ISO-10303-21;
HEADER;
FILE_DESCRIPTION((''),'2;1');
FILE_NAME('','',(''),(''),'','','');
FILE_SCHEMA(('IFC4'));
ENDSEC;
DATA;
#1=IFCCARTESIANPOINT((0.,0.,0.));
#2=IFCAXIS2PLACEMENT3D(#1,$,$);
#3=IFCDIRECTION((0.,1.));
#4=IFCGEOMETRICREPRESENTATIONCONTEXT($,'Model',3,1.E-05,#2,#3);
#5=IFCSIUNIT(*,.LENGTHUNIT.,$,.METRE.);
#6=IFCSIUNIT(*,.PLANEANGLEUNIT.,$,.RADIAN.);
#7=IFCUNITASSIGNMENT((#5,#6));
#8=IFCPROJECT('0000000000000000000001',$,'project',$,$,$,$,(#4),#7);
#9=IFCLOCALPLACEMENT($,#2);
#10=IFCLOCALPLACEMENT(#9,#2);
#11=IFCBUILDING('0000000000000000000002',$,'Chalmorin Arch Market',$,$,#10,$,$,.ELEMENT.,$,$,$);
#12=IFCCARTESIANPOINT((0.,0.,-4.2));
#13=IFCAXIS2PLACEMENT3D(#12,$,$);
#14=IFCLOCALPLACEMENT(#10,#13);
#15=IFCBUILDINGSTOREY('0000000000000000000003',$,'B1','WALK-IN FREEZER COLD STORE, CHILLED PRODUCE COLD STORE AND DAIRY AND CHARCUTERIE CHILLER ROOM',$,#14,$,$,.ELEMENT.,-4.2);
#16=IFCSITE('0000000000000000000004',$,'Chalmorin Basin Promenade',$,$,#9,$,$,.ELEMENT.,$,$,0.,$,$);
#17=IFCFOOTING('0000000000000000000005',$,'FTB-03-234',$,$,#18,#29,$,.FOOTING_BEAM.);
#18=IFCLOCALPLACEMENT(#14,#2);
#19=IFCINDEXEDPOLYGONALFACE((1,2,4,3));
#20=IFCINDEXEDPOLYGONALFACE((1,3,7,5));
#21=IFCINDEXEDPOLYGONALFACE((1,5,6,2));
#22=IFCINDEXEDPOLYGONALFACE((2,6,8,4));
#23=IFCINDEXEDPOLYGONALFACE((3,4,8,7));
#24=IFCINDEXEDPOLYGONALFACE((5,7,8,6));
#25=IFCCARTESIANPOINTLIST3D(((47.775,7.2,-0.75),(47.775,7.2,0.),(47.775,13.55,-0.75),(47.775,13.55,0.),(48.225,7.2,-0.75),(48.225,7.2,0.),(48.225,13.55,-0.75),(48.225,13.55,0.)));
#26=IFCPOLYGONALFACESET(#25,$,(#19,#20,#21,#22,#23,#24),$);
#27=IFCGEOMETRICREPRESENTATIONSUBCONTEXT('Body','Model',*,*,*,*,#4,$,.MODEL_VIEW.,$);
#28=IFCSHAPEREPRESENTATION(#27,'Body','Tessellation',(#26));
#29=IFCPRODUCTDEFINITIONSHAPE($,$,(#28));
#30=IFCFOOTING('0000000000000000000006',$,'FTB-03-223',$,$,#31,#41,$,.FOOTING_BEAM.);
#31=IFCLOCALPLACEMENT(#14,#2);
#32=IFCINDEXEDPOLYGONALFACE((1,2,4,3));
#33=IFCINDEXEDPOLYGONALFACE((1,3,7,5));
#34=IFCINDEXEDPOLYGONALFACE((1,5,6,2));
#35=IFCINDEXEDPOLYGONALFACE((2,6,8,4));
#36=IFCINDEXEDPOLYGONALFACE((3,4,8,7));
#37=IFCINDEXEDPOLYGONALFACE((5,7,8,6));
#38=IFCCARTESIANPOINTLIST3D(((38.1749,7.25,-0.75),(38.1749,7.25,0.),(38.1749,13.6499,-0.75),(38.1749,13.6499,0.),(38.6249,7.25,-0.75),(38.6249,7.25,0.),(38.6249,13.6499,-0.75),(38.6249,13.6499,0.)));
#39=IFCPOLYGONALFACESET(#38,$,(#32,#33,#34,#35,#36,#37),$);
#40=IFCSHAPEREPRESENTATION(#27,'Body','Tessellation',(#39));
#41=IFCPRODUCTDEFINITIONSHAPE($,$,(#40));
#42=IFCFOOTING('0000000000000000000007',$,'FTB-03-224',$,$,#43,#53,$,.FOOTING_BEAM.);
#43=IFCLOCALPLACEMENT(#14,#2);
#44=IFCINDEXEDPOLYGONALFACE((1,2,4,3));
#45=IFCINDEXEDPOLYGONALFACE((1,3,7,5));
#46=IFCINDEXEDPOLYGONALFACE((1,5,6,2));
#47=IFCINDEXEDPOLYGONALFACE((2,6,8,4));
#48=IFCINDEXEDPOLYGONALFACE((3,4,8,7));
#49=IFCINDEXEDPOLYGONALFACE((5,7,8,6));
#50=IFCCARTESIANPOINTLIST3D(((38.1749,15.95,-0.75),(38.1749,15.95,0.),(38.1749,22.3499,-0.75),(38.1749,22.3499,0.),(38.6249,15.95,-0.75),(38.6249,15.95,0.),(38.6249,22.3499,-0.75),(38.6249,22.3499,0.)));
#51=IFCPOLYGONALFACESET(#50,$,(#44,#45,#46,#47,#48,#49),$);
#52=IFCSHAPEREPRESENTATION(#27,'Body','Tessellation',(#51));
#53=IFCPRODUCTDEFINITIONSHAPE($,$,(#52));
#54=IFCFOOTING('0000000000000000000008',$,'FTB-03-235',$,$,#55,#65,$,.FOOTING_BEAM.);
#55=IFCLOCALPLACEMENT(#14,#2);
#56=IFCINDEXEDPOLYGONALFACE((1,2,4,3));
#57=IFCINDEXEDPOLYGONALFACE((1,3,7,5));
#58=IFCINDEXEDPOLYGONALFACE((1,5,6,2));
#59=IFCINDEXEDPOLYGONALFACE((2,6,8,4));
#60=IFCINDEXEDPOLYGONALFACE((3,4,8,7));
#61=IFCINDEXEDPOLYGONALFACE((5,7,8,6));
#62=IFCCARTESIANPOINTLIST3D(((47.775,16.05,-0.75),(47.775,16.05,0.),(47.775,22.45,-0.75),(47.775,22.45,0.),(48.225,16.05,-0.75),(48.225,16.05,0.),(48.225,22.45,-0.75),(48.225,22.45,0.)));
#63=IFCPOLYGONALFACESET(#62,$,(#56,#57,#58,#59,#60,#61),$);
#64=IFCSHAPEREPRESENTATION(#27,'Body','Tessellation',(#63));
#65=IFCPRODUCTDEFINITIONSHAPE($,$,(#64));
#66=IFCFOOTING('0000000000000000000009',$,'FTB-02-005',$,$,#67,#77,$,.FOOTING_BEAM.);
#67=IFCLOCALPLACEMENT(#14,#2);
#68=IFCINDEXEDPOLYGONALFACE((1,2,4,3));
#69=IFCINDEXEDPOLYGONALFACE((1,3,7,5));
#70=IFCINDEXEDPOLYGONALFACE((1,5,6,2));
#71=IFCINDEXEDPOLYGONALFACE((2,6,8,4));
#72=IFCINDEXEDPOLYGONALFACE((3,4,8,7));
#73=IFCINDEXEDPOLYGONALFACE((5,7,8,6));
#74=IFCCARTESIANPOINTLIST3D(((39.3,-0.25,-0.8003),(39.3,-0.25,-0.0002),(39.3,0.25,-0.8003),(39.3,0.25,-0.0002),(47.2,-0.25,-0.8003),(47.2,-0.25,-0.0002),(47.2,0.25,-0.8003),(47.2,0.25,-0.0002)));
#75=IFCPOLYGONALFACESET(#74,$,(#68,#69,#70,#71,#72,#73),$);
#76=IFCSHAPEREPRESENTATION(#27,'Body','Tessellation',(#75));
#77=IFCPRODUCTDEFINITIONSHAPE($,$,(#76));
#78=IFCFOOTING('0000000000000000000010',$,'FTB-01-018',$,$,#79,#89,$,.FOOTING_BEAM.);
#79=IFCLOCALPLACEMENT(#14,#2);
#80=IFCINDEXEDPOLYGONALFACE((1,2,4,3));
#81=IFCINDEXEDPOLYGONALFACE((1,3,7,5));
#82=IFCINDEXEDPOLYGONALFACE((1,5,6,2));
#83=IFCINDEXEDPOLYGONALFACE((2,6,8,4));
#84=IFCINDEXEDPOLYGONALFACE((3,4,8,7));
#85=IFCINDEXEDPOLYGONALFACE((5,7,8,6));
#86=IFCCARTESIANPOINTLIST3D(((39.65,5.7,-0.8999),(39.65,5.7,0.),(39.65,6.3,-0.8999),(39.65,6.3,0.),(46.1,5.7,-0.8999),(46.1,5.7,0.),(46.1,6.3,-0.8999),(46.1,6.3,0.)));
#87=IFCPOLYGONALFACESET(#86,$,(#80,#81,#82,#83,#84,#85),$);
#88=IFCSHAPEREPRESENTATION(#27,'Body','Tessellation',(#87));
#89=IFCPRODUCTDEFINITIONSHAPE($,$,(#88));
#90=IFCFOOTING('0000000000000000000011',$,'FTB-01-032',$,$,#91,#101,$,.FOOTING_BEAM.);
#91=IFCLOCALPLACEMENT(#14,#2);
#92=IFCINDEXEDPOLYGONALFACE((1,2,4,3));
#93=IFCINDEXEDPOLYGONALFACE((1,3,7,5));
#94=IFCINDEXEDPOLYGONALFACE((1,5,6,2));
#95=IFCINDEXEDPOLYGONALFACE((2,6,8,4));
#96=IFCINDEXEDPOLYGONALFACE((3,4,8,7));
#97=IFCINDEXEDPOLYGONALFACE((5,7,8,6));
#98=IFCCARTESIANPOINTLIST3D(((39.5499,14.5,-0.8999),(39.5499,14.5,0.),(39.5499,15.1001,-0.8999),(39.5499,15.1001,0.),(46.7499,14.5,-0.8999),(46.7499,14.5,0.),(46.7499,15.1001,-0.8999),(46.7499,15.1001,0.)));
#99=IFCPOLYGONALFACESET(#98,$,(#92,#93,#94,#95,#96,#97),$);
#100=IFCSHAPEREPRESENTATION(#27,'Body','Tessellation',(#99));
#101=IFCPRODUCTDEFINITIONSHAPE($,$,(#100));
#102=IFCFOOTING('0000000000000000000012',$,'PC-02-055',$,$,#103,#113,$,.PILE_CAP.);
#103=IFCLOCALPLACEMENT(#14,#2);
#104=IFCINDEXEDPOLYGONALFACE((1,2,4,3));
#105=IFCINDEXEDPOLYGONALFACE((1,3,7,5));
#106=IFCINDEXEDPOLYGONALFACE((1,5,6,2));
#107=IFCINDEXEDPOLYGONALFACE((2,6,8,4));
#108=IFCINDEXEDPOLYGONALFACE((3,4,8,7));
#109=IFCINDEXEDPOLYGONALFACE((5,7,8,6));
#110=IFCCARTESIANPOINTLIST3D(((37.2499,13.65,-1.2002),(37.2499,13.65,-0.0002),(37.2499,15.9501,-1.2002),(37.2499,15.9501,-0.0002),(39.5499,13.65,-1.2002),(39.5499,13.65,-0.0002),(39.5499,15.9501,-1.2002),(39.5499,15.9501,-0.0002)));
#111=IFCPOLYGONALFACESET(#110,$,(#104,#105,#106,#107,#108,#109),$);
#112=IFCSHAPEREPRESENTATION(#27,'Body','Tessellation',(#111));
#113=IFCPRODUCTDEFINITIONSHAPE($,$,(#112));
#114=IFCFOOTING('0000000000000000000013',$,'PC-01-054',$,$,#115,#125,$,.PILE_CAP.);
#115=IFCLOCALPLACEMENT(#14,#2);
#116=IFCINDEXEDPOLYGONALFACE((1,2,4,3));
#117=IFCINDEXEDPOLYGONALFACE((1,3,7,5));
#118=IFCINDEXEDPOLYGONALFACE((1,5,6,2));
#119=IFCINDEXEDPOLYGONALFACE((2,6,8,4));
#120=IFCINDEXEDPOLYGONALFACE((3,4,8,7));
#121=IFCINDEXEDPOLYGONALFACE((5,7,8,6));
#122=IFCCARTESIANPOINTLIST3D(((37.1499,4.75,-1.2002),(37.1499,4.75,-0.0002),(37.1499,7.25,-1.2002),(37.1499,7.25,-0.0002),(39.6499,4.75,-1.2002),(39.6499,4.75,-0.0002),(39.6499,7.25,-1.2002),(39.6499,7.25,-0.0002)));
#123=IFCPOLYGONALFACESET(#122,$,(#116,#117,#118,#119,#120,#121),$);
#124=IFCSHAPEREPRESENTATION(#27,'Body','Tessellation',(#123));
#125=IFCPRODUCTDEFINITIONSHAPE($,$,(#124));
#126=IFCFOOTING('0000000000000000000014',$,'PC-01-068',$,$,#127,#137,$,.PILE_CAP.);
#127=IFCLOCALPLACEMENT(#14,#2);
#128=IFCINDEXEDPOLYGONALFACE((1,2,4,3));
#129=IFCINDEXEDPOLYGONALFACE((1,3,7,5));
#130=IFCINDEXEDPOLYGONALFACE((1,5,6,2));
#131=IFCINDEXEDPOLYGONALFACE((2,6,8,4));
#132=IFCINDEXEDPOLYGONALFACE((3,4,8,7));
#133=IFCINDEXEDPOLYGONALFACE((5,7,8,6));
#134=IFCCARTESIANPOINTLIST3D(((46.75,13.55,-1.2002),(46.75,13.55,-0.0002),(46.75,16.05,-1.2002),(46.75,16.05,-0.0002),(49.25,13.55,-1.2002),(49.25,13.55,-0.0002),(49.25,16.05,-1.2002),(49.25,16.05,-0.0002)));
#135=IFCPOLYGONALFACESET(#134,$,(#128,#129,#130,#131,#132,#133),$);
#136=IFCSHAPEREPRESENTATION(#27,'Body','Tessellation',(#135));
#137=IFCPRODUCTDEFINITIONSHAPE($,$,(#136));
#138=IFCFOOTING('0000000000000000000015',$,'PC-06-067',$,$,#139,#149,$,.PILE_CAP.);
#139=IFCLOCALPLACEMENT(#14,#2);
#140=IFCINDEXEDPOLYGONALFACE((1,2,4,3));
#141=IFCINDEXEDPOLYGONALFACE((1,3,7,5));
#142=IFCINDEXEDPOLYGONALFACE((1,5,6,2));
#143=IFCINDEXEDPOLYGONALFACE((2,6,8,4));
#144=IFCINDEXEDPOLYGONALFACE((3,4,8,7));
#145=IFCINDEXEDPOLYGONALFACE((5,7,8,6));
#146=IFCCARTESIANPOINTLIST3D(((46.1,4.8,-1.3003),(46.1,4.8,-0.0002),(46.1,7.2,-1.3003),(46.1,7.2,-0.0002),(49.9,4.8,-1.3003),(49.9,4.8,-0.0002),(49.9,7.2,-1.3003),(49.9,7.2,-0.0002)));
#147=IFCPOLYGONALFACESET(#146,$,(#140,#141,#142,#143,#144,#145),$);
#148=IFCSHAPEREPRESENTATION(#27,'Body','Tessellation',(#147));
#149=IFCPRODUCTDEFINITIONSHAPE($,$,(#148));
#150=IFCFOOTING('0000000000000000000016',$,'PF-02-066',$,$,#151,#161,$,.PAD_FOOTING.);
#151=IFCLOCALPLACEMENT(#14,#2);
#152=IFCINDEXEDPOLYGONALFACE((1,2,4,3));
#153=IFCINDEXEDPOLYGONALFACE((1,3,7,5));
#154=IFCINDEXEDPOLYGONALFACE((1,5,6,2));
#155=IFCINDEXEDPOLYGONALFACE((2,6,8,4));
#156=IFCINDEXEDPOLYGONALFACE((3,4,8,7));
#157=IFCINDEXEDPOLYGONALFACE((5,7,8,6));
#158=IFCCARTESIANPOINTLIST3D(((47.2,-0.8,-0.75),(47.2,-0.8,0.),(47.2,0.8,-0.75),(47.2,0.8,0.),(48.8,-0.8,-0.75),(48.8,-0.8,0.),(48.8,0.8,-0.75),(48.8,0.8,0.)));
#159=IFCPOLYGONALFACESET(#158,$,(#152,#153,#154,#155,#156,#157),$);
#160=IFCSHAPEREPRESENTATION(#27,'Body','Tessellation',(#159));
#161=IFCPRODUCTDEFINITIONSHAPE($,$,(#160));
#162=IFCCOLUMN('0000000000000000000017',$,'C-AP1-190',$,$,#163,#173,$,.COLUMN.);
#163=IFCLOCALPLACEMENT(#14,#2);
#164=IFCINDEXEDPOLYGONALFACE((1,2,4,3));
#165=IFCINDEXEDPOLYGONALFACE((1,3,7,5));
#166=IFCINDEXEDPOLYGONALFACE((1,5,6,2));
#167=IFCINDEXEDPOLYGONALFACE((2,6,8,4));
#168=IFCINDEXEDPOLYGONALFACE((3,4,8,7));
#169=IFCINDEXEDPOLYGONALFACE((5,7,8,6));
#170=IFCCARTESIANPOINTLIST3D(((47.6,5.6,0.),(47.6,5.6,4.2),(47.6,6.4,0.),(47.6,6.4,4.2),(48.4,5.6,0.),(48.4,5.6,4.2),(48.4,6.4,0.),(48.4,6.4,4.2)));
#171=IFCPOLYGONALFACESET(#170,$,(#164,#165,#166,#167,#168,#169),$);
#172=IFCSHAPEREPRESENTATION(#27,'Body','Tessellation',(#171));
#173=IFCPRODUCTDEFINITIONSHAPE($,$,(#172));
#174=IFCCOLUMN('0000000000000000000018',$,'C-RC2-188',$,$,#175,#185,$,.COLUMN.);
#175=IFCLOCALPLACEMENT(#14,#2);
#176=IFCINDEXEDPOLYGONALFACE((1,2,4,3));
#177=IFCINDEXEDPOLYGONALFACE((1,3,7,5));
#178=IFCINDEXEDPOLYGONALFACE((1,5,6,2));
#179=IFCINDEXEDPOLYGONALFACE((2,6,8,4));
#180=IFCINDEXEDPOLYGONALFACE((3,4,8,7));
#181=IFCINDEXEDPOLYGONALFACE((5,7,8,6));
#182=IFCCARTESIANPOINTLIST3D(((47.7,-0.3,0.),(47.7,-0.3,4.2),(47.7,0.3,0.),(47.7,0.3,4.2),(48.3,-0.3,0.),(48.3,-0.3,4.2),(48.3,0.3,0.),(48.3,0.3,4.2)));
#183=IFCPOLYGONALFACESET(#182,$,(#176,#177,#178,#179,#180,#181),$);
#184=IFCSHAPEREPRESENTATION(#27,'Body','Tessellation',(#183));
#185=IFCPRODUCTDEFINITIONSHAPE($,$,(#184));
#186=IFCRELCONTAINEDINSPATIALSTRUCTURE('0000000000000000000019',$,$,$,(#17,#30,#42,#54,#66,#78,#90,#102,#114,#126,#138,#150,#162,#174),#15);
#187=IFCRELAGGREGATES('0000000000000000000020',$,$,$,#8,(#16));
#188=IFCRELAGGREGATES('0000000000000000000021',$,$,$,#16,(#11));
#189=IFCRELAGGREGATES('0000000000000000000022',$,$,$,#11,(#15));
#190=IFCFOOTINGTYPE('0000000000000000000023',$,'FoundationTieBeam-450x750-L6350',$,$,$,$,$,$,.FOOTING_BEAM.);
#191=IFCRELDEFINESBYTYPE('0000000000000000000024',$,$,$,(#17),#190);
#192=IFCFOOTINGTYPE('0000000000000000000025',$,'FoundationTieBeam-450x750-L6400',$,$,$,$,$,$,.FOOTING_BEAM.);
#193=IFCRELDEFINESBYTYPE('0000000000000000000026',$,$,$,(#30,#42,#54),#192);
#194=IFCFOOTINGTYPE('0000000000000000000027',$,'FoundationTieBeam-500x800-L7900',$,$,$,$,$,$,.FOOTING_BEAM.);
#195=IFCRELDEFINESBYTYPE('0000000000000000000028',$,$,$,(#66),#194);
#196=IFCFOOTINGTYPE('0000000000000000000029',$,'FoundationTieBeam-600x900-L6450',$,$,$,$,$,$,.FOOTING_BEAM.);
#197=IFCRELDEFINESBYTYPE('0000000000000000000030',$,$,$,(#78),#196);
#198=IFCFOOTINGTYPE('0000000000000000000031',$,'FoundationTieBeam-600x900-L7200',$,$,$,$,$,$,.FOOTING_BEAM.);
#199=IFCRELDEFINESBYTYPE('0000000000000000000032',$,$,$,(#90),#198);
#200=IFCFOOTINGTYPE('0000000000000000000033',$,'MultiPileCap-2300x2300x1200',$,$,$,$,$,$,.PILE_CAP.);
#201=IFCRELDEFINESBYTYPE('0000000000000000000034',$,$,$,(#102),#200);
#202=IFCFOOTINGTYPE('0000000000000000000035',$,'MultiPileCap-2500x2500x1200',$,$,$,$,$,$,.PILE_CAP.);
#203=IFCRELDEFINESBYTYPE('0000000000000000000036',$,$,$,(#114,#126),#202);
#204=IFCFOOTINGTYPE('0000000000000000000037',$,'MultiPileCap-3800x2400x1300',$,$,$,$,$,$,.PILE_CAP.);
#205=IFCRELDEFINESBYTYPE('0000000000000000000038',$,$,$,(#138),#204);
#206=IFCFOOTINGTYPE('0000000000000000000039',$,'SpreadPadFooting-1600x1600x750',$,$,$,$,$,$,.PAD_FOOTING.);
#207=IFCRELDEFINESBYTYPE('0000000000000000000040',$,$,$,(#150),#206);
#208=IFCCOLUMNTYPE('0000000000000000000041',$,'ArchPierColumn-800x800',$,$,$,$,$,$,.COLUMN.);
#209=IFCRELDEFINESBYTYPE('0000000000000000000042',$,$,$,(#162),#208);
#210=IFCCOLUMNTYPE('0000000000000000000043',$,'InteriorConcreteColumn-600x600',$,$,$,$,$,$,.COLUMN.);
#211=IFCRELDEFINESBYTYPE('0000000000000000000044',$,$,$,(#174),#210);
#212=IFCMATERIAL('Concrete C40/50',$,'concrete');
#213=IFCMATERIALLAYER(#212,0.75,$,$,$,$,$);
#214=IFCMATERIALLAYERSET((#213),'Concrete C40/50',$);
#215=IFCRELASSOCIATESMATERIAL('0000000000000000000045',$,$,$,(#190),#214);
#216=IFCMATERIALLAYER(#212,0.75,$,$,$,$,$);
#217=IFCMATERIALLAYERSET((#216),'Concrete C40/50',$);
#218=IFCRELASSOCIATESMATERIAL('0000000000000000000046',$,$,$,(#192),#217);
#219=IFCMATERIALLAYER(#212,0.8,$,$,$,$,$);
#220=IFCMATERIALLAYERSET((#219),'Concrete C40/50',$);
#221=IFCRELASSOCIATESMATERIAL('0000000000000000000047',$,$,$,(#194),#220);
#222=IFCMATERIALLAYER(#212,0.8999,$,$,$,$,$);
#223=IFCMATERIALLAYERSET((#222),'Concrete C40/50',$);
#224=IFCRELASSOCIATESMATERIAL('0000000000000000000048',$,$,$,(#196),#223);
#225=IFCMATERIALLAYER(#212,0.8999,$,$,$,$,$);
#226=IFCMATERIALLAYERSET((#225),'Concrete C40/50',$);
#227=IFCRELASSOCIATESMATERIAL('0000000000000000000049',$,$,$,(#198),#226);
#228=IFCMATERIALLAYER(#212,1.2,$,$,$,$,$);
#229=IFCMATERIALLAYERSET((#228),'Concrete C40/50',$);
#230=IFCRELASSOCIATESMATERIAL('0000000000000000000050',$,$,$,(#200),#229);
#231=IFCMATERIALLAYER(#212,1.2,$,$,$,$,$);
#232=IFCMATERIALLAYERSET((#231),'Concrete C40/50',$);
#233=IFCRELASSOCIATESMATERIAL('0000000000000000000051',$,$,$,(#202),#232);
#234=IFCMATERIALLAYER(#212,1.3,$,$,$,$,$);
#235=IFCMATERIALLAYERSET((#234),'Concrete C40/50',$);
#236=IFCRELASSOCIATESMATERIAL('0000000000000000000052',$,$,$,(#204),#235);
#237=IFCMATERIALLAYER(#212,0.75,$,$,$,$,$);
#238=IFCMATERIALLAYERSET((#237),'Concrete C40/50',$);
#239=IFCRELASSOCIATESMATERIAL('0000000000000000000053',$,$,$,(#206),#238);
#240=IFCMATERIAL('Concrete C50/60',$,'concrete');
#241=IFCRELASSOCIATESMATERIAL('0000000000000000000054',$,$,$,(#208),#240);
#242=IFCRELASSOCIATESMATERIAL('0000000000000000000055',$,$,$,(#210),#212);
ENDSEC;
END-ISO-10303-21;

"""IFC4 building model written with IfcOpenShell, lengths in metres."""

from ifc_helpers import new_model, si_unit, direction, frame, origin, origin_2d, place, context, subcontext, project, spatial, rectangle, extrude, material, layer, layer_set, material_profile, profile_set, type_object, element, save


model = new_model("IFC4")

# Units and contexts
model_context = context("Model", 3, precision=1e-05, world=origin(), true_north=direction((0.0, 1.0)))
body_context = subcontext(model_context, "Body", "Model", "MODEL_VIEW")
ifc_project = project(units=[si_unit("LENGTHUNIT", "METRE"), si_unit("PLANEANGLEUNIT", "RADIAN")], contexts=[model_context])

# Site, building, storey
site_placement = place(None, origin())
site = spatial("IfcSite", under=ifc_project, at=site_placement, Name="Chalmorin Basin Promenade", CompositionType="ELEMENT", RefElevation=0.0)
building_placement = place(site_placement, origin())
building = spatial("IfcBuilding", under=site, at=building_placement, Name="Chalmorin Arch Market", CompositionType="ELEMENT")
storey_placement = place(building_placement, frame((0.0, 0.0, -4.2)))
storey = spatial("IfcBuildingStorey", under=building, at=storey_placement, Name="B1", Description="WALK-IN FREEZER COLD STORE, CHILLED PRODUCE COLD STORE AND DAIRY AND CHARCUTERIE CHILLER ROOM", CompositionType="ELEMENT", Elevation=-4.2)

# Footings
ifc_material_1 = material(Name="Concrete C40/50", Category="concrete")
ifc_layer_1 = layer(ifc_material_1, 0.75)
ifc_layer_set_1 = layer_set([ifc_layer_1], Name="Concrete C40/50")
footing_type_1 = type_object("IfcFootingType", Name="FoundationTieBeam-450x750-L6350", PredefinedType="FOOTING_BEAM", material=ifc_layer_set_1)
footing_1_placement = place(storey_placement, frame((48.0, 10.375, -0.75), z_axis=(0.0, 0.0, 1.0), x_axis=(0.0, 1.0, 0.0)))
element("IfcFooting", 1, at=footing_1_placement, inside=storey, type_object=footing_type_1, Name="FTB-03-234", PredefinedType="FOOTING_BEAM", context=body_context, shape_type="SweptSolid", body=[
    extrude(rectangle(XDim=6.3501, YDim=0.45, at=origin_2d()), origin(), (0.0, 0.0, 1.0), 0.75),
])
ifc_layer_2 = layer(ifc_material_1, 0.75)
ifc_layer_set_2 = layer_set([ifc_layer_2], Name="Concrete C40/50")
footing_type_2 = type_object("IfcFootingType", Name="FoundationTieBeam-450x750-L6400", PredefinedType="FOOTING_BEAM", material=ifc_layer_set_2)
for number, where, z_axis, x_axis, name in (
    (2, (38.3999, 10.45, -0.75), (0.0, 0.0, 1.0), (0.0, 1.0, 0.0), "FTB-03-223"),
    (3, (38.3999, 19.1499, -0.75), (0.0, 0.0, 1.0), (0.0, 1.0, 0.0), "FTB-03-224"),
    (4, (48.0, 19.25, -0.75), (0.0, 0.0, 1.0), (0.0, 1.0, 0.0), "FTB-03-235"),
):
    element("IfcFooting", number, at=place(storey_placement, frame(where, z_axis=z_axis, x_axis=x_axis)), inside=storey, type_object=footing_type_2, Name=name, PredefinedType="FOOTING_BEAM", context=body_context, shape_type="SweptSolid", body=[
        extrude(rectangle(XDim=6.3999, YDim=0.45, at=origin_2d()), origin(), (0.0, 0.0, 1.0), 0.75),
    ])
ifc_layer_3 = layer(ifc_material_1, 0.8)
ifc_layer_set_3 = layer_set([ifc_layer_3], Name="Concrete C40/50")
footing_type_3 = type_object("IfcFootingType", Name="FoundationTieBeam-500x800-L7900", PredefinedType="FOOTING_BEAM", material=ifc_layer_set_3)
footing_2_placement = place(storey_placement, frame((43.25, 0.0, -0.8003), z_axis=(0.0, 0.0, 1.0), x_axis=(1.0, 0.0, 0.0)))
element("IfcFooting", 5, at=footing_2_placement, inside=storey, type_object=footing_type_3, Name="FTB-02-005", PredefinedType="FOOTING_BEAM", context=body_context, shape_type="SweptSolid", body=[
    extrude(rectangle(XDim=7.8999, YDim=0.5, at=origin_2d()), origin(), (0.0, 0.0, 1.0), 0.8),
])
ifc_layer_4 = layer(ifc_material_1, 0.8999)
ifc_layer_set_4 = layer_set([ifc_layer_4], Name="Concrete C40/50")
footing_type_4 = type_object("IfcFootingType", Name="FoundationTieBeam-600x900-L6450", PredefinedType="FOOTING_BEAM", material=ifc_layer_set_4)
footing_3_placement = place(storey_placement, frame((42.875, 6.0, -0.8999), z_axis=(0.0, 0.0, 1.0), x_axis=(1.0, 0.0, 0.0)))
element("IfcFooting", 6, at=footing_3_placement, inside=storey, type_object=footing_type_4, Name="FTB-01-018", PredefinedType="FOOTING_BEAM", context=body_context, shape_type="SweptSolid", body=[
    extrude(rectangle(XDim=6.45, YDim=0.6001, at=origin_2d()), origin(), (0.0, 0.0, 1.0), 0.8999),
])
ifc_layer_5 = layer(ifc_material_1, 0.8999)
ifc_layer_set_5 = layer_set([ifc_layer_5], Name="Concrete C40/50")
footing_type_5 = type_object("IfcFootingType", Name="FoundationTieBeam-600x900-L7200", PredefinedType="FOOTING_BEAM", material=ifc_layer_set_5)
footing_4_placement = place(storey_placement, frame((43.1499, 14.8, -0.8999), z_axis=(0.0, 0.0, 1.0), x_axis=(1.0, 0.0, 0.0)))
element("IfcFooting", 7, at=footing_4_placement, inside=storey, type_object=footing_type_5, Name="FTB-01-032", PredefinedType="FOOTING_BEAM", context=body_context, shape_type="SweptSolid", body=[
    extrude(rectangle(XDim=7.2, YDim=0.6001, at=origin_2d()), origin(), (0.0, 0.0, 1.0), 0.8999),
])
ifc_layer_6 = layer(ifc_material_1, 1.2)
ifc_layer_set_6 = layer_set([ifc_layer_6], Name="Concrete C40/50")
footing_type_6 = type_object("IfcFootingType", Name="MultiPileCap-2300x2300x1200", PredefinedType="PILE_CAP", material=ifc_layer_set_6)
footing_5_placement = place(storey_placement, frame((38.3999, 14.8, -1.2002), z_axis=(0.0, 0.0, 1.0), x_axis=(1.0, 0.0, 0.0)))
element("IfcFooting", 8, at=footing_5_placement, inside=storey, type_object=footing_type_6, Name="PC-02-055", PredefinedType="PILE_CAP", context=body_context, shape_type="SweptSolid", body=[
    extrude(rectangle(XDim=2.3, YDim=2.3, at=origin_2d()), origin(), (0.0, 0.0, 1.0), 1.2),
])
ifc_layer_7 = layer(ifc_material_1, 1.2)
ifc_layer_set_7 = layer_set([ifc_layer_7], Name="Concrete C40/50")
footing_type_7 = type_object("IfcFootingType", Name="MultiPileCap-2500x2500x1200", PredefinedType="PILE_CAP", material=ifc_layer_set_7)
for number, where, z_axis, x_axis, name in (
    (9, (38.3999, 6.0, -1.2002), (0.0, 0.0, 1.0), (1.0, 0.0, 0.0), "PC-01-054"),
    (10, (48.0, 14.8, -1.2002), (0.0, 0.0, 1.0), (1.0, 0.0, 0.0), "PC-01-068"),
):
    element("IfcFooting", number, at=place(storey_placement, frame(where, z_axis=z_axis, x_axis=x_axis)), inside=storey, type_object=footing_type_7, Name=name, PredefinedType="PILE_CAP", context=body_context, shape_type="SweptSolid", body=[
        extrude(rectangle(XDim=2.5, YDim=2.5, at=origin_2d()), origin(), (0.0, 0.0, 1.0), 1.2),
    ])
ifc_layer_8 = layer(ifc_material_1, 1.3)
ifc_layer_set_8 = layer_set([ifc_layer_8], Name="Concrete C40/50")
footing_type_8 = type_object("IfcFootingType", Name="MultiPileCap-3800x2400x1300", PredefinedType="PILE_CAP", material=ifc_layer_set_8)
footing_6_placement = place(storey_placement, frame((48.0, 6.0, -1.3003), z_axis=(0.0, 0.0, 1.0), x_axis=(1.0, 0.0, 0.0)))
element("IfcFooting", 11, at=footing_6_placement, inside=storey, type_object=footing_type_8, Name="PC-06-067", PredefinedType="PILE_CAP", context=body_context, shape_type="SweptSolid", body=[
    extrude(rectangle(XDim=3.8, YDim=2.3999, at=origin_2d()), origin(), (0.0, 0.0, 1.0), 1.3),
])
ifc_layer_9 = layer(ifc_material_1, 0.75)
ifc_layer_set_9 = layer_set([ifc_layer_9], Name="Concrete C40/50")
footing_type_9 = type_object("IfcFootingType", Name="SpreadPadFooting-1600x1600x750", PredefinedType="PAD_FOOTING", material=ifc_layer_set_9)
footing_7_placement = place(storey_placement, frame((48.0, 0.0, -0.75), z_axis=(0.0, 0.0, 1.0), x_axis=(1.0, 0.0, 0.0)))
element("IfcFooting", 12, at=footing_7_placement, inside=storey, type_object=footing_type_9, Name="PF-02-066", PredefinedType="PAD_FOOTING", context=body_context, shape_type="SweptSolid", body=[
    extrude(rectangle(XDim=1.6001, YDim=1.6001, at=origin_2d()), origin(), (0.0, 0.0, 1.0), 0.75),
])

# Columns
ifc_material_2 = material(Name="Concrete C50/60", Category="concrete")
ifc_material_profile_1 = material_profile(ifc_material_2, rectangle(XDim=0.8, YDim=0.8, at=origin_2d()), Name="RC800X800")
ifc_profile_set_1 = profile_set([ifc_material_profile_1], Name="Concrete C50/60")
column_type_1 = type_object("IfcColumnType", Name="ArchPierColumn-800x800", PredefinedType="COLUMN", material=ifc_profile_set_1)
column_1_placement = place(storey_placement, frame((48.0, 6.0, 0.0), z_axis=(0.0, 0.0, 1.0), x_axis=(1.0, 0.0, 0.0)))
element("IfcColumn", 13, at=column_1_placement, inside=storey, type_object=column_type_1, Name="C-AP1-190", PredefinedType="COLUMN", context=body_context, shape_type="SweptSolid", body=[
    extrude(rectangle(XDim=0.8, YDim=0.8, at=origin_2d()), origin(), (0.0, 0.0, 1.0), 4.2),
])
ifc_material_profile_2 = material_profile(ifc_material_1, rectangle(XDim=0.6001, YDim=0.6001, at=origin_2d()), Name="RC600X600")
ifc_profile_set_2 = profile_set([ifc_material_profile_2], Name="Concrete C40/50")
column_type_2 = type_object("IfcColumnType", Name="InteriorConcreteColumn-600x600", PredefinedType="COLUMN", material=ifc_profile_set_2)
column_2_placement = place(storey_placement, frame((48.0, 0.0, 0.0), z_axis=(0.0, 0.0, 1.0), x_axis=(1.0, 0.0, 0.0)))
element("IfcColumn", 14, at=column_2_placement, inside=storey, type_object=column_type_2, Name="C-RC2-188", PredefinedType="COLUMN", context=body_context, shape_type="SweptSolid", body=[
    extrude(rectangle(XDim=0.6001, YDim=0.6001, at=origin_2d()), origin(), (0.0, 0.0, 1.0), 4.2),
])

save(model, "model.ifc")
